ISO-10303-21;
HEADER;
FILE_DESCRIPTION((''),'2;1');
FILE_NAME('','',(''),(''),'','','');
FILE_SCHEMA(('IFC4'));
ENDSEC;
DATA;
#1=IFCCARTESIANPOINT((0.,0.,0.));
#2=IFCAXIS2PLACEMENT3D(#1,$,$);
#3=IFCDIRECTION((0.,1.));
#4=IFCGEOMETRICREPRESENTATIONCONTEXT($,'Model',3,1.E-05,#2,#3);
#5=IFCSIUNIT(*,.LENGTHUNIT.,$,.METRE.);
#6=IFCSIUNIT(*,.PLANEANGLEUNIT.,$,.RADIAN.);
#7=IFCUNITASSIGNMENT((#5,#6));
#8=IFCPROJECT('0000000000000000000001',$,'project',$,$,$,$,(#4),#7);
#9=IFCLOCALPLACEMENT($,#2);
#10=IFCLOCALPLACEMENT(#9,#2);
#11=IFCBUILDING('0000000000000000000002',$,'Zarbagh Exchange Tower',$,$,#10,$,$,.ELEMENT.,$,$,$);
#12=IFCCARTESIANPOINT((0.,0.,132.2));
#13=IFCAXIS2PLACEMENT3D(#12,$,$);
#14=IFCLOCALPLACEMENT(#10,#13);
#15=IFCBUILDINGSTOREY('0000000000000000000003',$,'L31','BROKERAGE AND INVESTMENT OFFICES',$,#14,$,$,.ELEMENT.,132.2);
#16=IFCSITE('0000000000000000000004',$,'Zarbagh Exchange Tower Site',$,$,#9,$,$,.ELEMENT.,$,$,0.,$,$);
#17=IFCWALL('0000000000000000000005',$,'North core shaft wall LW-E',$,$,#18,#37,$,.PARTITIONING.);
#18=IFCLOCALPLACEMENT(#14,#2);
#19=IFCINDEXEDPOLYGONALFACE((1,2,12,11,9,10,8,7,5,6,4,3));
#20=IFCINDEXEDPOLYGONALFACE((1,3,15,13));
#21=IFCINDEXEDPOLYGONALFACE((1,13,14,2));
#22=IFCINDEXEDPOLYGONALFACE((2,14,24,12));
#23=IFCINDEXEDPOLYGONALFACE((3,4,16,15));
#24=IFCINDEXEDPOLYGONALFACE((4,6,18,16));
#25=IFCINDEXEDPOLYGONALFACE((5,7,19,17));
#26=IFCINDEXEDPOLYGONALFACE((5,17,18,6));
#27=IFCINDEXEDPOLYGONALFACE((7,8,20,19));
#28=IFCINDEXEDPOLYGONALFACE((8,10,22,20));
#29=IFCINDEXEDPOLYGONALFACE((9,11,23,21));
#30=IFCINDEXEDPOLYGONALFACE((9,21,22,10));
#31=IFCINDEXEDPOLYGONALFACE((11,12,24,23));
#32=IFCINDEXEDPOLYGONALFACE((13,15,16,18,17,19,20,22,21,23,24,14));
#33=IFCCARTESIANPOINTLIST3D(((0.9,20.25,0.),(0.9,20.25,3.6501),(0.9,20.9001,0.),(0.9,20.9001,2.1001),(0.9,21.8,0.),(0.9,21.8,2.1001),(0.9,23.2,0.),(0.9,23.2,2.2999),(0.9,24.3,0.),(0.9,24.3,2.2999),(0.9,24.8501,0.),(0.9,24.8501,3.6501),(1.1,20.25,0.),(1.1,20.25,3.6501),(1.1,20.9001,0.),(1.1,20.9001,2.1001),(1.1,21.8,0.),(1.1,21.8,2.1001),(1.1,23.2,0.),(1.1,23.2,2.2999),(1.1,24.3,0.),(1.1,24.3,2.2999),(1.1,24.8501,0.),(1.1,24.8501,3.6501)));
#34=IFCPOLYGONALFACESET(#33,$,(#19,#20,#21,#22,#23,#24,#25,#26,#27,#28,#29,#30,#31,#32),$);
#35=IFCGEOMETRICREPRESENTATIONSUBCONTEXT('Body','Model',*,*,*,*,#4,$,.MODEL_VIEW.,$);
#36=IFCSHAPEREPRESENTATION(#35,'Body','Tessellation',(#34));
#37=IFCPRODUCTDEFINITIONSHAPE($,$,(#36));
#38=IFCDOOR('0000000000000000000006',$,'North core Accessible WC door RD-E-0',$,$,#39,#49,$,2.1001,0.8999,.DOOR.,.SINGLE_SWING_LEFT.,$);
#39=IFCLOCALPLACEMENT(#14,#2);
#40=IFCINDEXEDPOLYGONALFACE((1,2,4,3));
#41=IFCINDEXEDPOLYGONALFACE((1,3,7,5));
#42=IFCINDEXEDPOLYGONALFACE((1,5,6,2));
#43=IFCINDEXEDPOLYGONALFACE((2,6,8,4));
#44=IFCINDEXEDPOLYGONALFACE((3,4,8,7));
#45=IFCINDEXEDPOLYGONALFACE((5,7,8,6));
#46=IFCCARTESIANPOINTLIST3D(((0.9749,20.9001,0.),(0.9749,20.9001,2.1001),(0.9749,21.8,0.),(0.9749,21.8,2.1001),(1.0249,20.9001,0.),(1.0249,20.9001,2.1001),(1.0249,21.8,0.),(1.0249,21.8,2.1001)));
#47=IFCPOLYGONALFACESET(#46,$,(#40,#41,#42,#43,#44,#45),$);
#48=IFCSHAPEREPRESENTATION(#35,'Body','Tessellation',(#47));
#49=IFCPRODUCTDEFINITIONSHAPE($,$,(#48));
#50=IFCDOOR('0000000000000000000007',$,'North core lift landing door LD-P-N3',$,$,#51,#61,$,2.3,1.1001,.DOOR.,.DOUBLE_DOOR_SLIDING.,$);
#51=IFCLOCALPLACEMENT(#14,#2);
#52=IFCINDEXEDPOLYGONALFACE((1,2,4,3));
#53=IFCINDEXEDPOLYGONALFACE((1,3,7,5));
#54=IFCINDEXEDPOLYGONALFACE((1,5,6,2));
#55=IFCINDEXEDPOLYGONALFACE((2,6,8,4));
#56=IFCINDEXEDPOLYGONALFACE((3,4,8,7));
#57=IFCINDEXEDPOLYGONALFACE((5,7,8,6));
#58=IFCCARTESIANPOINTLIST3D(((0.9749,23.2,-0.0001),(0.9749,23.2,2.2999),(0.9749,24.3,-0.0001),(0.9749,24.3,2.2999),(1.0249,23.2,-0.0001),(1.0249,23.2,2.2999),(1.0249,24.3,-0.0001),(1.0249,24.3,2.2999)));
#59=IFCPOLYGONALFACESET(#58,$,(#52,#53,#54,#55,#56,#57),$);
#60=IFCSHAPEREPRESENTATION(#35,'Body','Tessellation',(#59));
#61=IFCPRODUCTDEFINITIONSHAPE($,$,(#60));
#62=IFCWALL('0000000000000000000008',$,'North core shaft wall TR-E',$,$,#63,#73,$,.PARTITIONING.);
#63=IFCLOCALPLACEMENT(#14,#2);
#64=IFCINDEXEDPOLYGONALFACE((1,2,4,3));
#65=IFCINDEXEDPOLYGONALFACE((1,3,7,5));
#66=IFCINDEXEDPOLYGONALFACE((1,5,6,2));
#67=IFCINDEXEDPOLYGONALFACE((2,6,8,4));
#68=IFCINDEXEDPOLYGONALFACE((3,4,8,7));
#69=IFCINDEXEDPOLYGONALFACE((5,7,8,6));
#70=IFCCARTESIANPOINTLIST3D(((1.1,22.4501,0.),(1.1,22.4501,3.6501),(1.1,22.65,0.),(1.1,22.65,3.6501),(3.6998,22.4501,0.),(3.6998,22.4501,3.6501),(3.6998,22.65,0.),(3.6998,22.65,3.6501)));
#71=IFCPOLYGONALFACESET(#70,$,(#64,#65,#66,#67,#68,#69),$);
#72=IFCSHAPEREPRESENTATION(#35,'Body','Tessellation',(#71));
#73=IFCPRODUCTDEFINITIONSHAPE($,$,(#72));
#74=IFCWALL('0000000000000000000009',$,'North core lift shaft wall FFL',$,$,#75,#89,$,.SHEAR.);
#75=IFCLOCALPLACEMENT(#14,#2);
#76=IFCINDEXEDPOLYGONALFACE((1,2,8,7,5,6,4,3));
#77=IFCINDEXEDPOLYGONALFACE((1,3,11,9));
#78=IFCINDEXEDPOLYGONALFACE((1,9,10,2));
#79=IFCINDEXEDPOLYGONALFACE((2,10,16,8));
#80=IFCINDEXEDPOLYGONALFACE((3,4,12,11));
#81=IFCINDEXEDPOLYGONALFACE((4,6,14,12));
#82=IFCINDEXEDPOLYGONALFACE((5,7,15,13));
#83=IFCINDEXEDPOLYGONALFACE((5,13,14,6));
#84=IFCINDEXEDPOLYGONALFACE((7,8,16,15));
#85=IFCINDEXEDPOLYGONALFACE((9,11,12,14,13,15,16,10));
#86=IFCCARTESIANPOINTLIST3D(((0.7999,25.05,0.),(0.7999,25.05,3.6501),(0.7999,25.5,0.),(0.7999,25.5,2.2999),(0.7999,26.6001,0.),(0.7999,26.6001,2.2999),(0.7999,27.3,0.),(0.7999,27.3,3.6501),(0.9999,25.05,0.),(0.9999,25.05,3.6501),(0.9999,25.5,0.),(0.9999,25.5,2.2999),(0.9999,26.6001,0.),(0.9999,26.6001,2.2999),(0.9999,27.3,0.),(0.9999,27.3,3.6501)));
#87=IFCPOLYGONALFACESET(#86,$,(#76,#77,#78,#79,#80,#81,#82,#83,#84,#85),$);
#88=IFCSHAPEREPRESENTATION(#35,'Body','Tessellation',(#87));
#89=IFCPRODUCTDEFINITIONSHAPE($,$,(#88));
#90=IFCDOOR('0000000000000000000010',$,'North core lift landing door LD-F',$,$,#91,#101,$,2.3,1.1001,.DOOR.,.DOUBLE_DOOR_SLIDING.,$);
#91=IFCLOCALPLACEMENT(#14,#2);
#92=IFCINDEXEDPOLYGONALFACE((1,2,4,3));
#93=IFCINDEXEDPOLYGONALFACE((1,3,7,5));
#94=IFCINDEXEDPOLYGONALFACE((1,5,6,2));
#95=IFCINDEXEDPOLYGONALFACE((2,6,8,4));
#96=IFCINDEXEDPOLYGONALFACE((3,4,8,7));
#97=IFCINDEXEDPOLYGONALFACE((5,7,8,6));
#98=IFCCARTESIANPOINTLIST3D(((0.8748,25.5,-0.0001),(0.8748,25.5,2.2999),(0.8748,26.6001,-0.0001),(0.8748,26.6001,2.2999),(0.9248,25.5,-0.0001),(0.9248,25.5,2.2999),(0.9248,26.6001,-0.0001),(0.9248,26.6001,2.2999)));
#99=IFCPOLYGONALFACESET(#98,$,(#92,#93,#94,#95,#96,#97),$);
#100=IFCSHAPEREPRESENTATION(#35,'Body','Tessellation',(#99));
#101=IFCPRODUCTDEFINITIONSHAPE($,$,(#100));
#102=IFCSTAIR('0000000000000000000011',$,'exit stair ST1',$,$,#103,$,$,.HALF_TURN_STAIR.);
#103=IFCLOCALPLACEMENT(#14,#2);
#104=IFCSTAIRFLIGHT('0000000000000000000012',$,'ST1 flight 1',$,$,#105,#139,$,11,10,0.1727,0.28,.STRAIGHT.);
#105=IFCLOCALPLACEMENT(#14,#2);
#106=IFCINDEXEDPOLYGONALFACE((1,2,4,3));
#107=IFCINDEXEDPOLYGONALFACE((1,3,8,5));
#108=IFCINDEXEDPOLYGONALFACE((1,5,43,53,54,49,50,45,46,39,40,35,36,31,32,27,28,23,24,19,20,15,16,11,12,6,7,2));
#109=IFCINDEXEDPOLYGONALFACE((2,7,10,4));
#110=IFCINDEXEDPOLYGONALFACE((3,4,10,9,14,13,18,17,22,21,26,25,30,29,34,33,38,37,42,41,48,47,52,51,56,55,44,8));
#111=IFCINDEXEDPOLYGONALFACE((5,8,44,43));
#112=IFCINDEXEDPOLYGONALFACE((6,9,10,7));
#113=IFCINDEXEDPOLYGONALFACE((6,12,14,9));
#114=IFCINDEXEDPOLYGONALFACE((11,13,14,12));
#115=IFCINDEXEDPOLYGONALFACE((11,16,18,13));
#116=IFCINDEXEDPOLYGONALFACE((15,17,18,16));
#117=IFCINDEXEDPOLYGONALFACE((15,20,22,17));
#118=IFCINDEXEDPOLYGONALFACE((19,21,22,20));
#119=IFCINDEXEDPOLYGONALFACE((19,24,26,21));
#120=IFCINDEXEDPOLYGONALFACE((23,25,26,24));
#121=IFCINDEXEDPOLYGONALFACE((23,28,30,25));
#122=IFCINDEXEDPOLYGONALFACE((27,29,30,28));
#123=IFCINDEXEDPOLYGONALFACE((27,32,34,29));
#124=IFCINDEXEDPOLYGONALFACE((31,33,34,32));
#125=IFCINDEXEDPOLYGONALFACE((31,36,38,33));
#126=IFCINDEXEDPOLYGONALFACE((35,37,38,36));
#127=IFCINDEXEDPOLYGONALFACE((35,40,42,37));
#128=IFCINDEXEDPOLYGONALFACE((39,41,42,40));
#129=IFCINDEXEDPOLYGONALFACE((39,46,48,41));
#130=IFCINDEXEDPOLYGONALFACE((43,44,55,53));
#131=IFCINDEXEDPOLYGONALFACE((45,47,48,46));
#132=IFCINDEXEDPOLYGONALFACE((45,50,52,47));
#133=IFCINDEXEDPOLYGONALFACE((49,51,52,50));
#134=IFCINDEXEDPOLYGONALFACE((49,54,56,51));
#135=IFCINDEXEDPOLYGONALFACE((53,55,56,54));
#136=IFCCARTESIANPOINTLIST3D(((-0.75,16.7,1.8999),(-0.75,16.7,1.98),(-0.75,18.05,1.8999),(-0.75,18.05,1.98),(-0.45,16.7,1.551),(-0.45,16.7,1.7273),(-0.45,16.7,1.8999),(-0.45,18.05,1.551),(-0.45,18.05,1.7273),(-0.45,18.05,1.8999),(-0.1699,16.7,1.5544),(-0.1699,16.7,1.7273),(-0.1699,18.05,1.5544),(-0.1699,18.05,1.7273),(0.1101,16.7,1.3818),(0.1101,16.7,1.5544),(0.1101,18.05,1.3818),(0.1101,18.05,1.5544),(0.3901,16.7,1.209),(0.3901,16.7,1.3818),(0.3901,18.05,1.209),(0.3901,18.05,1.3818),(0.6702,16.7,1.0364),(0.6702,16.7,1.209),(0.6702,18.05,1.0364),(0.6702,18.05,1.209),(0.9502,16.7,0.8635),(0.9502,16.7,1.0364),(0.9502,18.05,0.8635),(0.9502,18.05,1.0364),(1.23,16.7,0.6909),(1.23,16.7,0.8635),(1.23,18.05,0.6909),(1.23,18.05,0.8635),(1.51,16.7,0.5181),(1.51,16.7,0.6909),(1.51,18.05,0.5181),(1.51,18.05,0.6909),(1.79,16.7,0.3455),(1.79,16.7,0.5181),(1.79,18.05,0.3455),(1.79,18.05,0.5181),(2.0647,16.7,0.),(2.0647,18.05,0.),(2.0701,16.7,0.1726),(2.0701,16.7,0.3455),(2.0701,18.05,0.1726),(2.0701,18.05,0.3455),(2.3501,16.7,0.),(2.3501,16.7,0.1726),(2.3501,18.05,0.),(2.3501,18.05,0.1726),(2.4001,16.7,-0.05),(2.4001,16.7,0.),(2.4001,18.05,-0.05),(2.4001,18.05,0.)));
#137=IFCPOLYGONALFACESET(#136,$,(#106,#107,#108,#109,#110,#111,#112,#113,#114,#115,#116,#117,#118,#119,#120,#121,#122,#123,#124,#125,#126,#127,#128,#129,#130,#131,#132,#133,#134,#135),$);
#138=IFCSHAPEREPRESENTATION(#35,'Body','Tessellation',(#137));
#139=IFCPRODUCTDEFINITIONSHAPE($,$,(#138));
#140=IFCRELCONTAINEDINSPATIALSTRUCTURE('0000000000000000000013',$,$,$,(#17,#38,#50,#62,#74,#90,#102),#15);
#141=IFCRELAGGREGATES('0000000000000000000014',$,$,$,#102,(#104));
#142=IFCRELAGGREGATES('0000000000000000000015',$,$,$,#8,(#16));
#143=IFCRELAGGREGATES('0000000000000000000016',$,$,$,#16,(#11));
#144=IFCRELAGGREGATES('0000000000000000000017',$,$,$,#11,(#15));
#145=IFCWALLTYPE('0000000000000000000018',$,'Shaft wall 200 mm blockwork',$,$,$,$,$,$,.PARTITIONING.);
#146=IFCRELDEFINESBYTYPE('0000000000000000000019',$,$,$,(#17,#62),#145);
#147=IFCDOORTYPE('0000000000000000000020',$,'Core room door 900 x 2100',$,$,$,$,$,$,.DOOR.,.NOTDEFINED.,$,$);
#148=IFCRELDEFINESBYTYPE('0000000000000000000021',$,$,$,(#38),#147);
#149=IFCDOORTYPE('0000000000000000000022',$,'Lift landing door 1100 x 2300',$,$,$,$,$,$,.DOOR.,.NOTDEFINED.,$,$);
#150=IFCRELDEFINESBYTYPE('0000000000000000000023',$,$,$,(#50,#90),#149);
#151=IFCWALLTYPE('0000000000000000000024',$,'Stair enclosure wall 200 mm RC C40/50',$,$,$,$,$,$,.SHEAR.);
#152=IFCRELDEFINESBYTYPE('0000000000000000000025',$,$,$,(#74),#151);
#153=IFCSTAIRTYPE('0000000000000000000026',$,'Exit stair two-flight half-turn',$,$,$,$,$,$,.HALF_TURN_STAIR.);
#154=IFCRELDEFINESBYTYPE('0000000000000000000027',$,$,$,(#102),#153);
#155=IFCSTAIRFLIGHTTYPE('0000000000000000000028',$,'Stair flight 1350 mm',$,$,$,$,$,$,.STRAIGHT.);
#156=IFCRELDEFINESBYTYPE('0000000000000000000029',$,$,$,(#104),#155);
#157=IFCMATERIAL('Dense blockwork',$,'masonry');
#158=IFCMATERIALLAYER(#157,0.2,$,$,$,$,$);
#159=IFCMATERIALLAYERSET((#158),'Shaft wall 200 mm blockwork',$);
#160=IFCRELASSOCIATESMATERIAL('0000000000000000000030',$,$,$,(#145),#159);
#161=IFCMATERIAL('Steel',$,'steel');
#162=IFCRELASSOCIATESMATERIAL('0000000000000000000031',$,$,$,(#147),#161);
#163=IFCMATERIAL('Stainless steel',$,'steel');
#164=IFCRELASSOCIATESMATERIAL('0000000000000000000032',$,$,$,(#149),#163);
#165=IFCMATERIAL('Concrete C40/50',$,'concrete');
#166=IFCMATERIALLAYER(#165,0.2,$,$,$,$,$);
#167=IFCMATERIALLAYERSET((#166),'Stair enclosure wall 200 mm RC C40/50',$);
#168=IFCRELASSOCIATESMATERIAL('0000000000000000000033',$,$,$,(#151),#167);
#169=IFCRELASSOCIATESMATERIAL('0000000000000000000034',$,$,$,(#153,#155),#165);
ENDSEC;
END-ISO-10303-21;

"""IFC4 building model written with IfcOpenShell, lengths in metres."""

from ifc_helpers import new_model, si_unit, direction, frame, frame_2d, origin, place, context, subcontext, project, spatial, polyline, rectangle, outline, extrude, material, layer, layer_set, type_object, element, fill, aggregate, save


model = new_model("IFC4")

# Units and contexts
model_context = context("Model", 3, precision=1e-05, world=origin(), true_north=direction((0.0, 1.0)))
body_context = subcontext(model_context, "Body", "Model", "MODEL_VIEW")
ifc_project = project(units=[si_unit("LENGTHUNIT", "METRE"), si_unit("PLANEANGLEUNIT", "RADIAN")], contexts=[model_context])

# Site, building, storey
site_placement = place(None, origin())
site = spatial("IfcSite", under=ifc_project, at=site_placement, Name="Zarbagh Exchange Tower Site", CompositionType="ELEMENT", RefElevation=0.0)
building_placement = place(site_placement, origin())
building = spatial("IfcBuilding", under=site, at=building_placement, Name="Zarbagh Exchange Tower", CompositionType="ELEMENT")
storey_placement = place(building_placement, frame((0.0, 0.0, 132.2)))
storey = spatial("IfcBuildingStorey", under=building, at=storey_placement, Name="L31", Description="BROKERAGE AND INVESTMENT OFFICES", CompositionType="ELEMENT", Elevation=132.2)

# Wall, openings, doors
ifc_material_1 = material(Name="Steel", Category="steel")
ifc_material_2 = material(Name="Dense blockwork", Category="masonry")
ifc_layer_1 = layer(ifc_material_2, 0.2)
ifc_layer_set_1 = layer_set([ifc_layer_1], Name="Shaft wall 200 mm blockwork")
wall_type_1 = type_object("IfcWallType", Name="Shaft wall 200 mm blockwork", PredefinedType="PARTITIONING", material=ifc_layer_set_1)
wall_1_placement = place(storey_placement, frame((1.0, 24.8501, 0.0), z_axis=(0.0, 0.0, 1.0), x_axis=(0.0, -1.0, 0.0)))
wall_1 = element("IfcWall", 1, at=wall_1_placement, inside=storey, type_object=wall_type_1, Name="North core shaft wall LW-E", PredefinedType="PARTITIONING", context=body_context, shape_type="SweptSolid", body=[
    extrude(rectangle(XDim=4.6001, YDim=0.2, at=frame_2d((2.3, 0.0))), origin(), (0.0, 0.0, 1.0), 3.6501),
])
opening_1_placement = place(wall_1_placement, frame((0.55, 0.0, 0.0)))
opening_1 = element("IfcOpeningElement", 2, at=opening_1_placement, cuts=wall_1, PredefinedType="OPENING", context=body_context, shape_type="SweptSolid", body=[
    extrude(rectangle(XDim=1.1001, YDim=2.3, at=frame_2d((0.55, 1.1499))), frame((0.0, 0.1099, 0.0), z_axis=(0.0, -1.0, 0.0), x_axis=(1.0, 0.0, 0.0)), (0.0, 0.0, 1.0), 0.22),
])
opening_2_placement = place(wall_1_placement, frame((3.05, 0.0, 0.0)))
opening_2 = element("IfcOpeningElement", 3, at=opening_2_placement, cuts=wall_1, PredefinedType="OPENING", context=body_context, shape_type="SweptSolid", body=[
    extrude(rectangle(XDim=0.8999, YDim=2.1001, at=frame_2d((0.45, 1.05))), frame((0.0, 0.1099, 0.0), z_axis=(0.0, -1.0, 0.0), x_axis=(1.0, 0.0, 0.0)), (0.0, 0.0, 1.0), 0.22),
])
door_type_1 = type_object("IfcDoorType", Name="Core room door 900 x 2100", OperationType="NOTDEFINED", PredefinedType="DOOR", material=ifc_material_1)
door_1_placement = place(opening_2_placement, origin())
door_1 = element("IfcDoor", 4, at=door_1_placement, inside=storey, type_object=door_type_1, Name="North core Accessible WC door RD-E-0", OperationType="SINGLE_SWING_LEFT", OverallHeight=2.1001, OverallWidth=0.8999, PredefinedType="DOOR", context=body_context, shape_type="SweptSolid", body=[
    extrude(rectangle(XDim=0.8999, YDim=2.1001, at=frame_2d((0.45, 1.05))), frame((0.0, 0.0249, 0.0), z_axis=(0.0, -1.0, 0.0), x_axis=(1.0, 0.0, 0.0)), (0.0, 0.0, 1.0), 0.05),
])
fill(opening_2, door_1)
ifc_material_3 = material(Name="Stainless steel", Category="steel")
door_type_2 = type_object("IfcDoorType", Name="Lift landing door 1100 x 2300", OperationType="NOTDEFINED", PredefinedType="DOOR", material=ifc_material_3)
door_2_placement = place(opening_1_placement, origin())
door_2 = element("IfcDoor", 5, at=door_2_placement, inside=storey, type_object=door_type_2, Name="North core lift landing door LD-P-N3", OperationType="DOUBLE_DOOR_SLIDING", OverallHeight=2.3, OverallWidth=1.1001, PredefinedType="DOOR", context=body_context, shape_type="SweptSolid", body=[
    extrude(rectangle(XDim=1.1001, YDim=2.3, at=frame_2d((0.55, 1.1499))), frame((0.0, 0.0249, 0.0), z_axis=(0.0, -1.0, 0.0), x_axis=(1.0, 0.0, 0.0)), (0.0, 0.0, 1.0), 0.05),
])
fill(opening_1, door_2)

# Wall
wall_2_placement = place(storey_placement, frame((1.1001, 22.55, 0.0), z_axis=(0.0, 0.0, 1.0), x_axis=(1.0, 0.0, 0.0)))
element("IfcWall", 6, at=wall_2_placement, inside=storey, type_object=wall_type_1, Name="North core shaft wall TR-E", PredefinedType="PARTITIONING", context=body_context, shape_type="SweptSolid", body=[
    extrude(rectangle(XDim=2.5999, YDim=0.2, at=frame_2d((1.2998, 0.0))), origin(), (0.0, 0.0, 1.0), 3.6501),
])

# Wall, opening, door
ifc_material_4 = material(Name="Concrete C40/50", Category="concrete")
ifc_layer_2 = layer(ifc_material_4, 0.2)
ifc_layer_set_2 = layer_set([ifc_layer_2], Name="Stair enclosure wall 200 mm RC C40/50")
wall_type_2 = type_object("IfcWallType", Name="Stair enclosure wall 200 mm RC C40/50", PredefinedType="SHEAR", material=ifc_layer_set_2)
wall_3_placement = place(storey_placement, frame((0.8999, 27.3, 0.0), z_axis=(0.0, 0.0, 1.0), x_axis=(0.0, -1.0, 0.0)))
wall_3 = element("IfcWall", 7, at=wall_3_placement, inside=storey, type_object=wall_type_2, Name="North core lift shaft wall FFL", PredefinedType="SHEAR", context=body_context, shape_type="SweptSolid", body=[
    extrude(rectangle(XDim=2.25, YDim=0.2, at=frame_2d((1.125, 0.0))), origin(), (0.0, 0.0, 1.0), 3.6501),
])
opening_3_placement = place(wall_3_placement, frame((0.7, 0.0, 0.0)))
opening_3 = element("IfcOpeningElement", 8, at=opening_3_placement, cuts=wall_3, PredefinedType="OPENING", context=body_context, shape_type="SweptSolid", body=[
    extrude(rectangle(XDim=1.1001, YDim=2.3, at=frame_2d((0.55, 1.1499))), frame((0.0, 0.1099, 0.0), z_axis=(0.0, -1.0, 0.0), x_axis=(1.0, 0.0, 0.0)), (0.0, 0.0, 1.0), 0.22),
])
door_3_placement = place(opening_3_placement, origin())
door_3 = element("IfcDoor", 9, at=door_3_placement, inside=storey, type_object=door_type_2, Name="North core lift landing door LD-F", OperationType="DOUBLE_DOOR_SLIDING", OverallHeight=2.3, OverallWidth=1.1001, PredefinedType="DOOR", context=body_context, shape_type="SweptSolid", body=[
    extrude(rectangle(XDim=1.1001, YDim=2.3, at=frame_2d((0.55, 1.1499))), frame((0.0, 0.0249, 0.0), z_axis=(0.0, -1.0, 0.0), x_axis=(1.0, 0.0, 0.0)), (0.0, 0.0, 1.0), 0.05),
])
fill(opening_3, door_3)

# Stair, stair flight
stair_type = type_object("IfcStairType", Name="Exit stair two-flight half-turn", PredefinedType="HALF_TURN_STAIR", material=ifc_material_4)
stair_placement = place(storey_placement, origin())
stair = element("IfcStair", 10, at=stair_placement, inside=storey, type_object=stair_type, Name="exit stair ST1", PredefinedType="HALF_TURN_STAIR")
stair_flight_type = type_object("IfcStairFlightType", Name="Stair flight 1350 mm", PredefinedType="STRAIGHT", material=ifc_material_4)
stair_flight_placement = place(storey_placement, frame((2.3501, 17.375, 0.0), z_axis=(0.0, 0.0, 1.0), x_axis=(-1.0, 0.0, 0.0)))
stair_flight = element("IfcStairFlight", 11, at=stair_flight_placement, type_object=stair_flight_type, Name="ST1 flight 1", NumberOfRisers=11, NumberOfTreads=10, PredefinedType="STRAIGHT", RiserHeight=0.1727, TreadLength=0.28, context=body_context, shape_type="SweptSolid", body=[
    extrude(outline(polyline([(-0.05, -0.05), (-0.05, 0.0), (0.0, 0.0), (0.0, 0.1726), (0.28, 0.1726), (0.28, 0.3455), (0.5601, 0.3455), (0.5601, 0.5181), (0.8401, 0.5181), (0.8401, 0.6909), (1.1201, 0.6909), (1.1201, 0.8635), (1.3999, 0.8635), (1.3999, 1.0364), (1.6799, 1.0364), (1.6799, 1.209), (1.96, 1.209), (1.96, 1.3818), (2.24, 1.3818), (2.24, 1.5544), (2.52, 1.5544), (2.52, 1.7273), (2.8, 1.7273), (2.8, 1.8999), (3.1001, 1.98), (3.1001, 1.8999), (2.8, 1.551), (0.2854, 0.0), (-0.05, -0.05)])), frame((0.0, 0.675, 0.0), z_axis=(0.0, -1.0, 0.0), x_axis=(1.0, 0.0, 0.0)), (0.0, 0.0, 1.0), 1.3501),
])
aggregate(stair, [stair_flight])

save(model, "model.ifc")
